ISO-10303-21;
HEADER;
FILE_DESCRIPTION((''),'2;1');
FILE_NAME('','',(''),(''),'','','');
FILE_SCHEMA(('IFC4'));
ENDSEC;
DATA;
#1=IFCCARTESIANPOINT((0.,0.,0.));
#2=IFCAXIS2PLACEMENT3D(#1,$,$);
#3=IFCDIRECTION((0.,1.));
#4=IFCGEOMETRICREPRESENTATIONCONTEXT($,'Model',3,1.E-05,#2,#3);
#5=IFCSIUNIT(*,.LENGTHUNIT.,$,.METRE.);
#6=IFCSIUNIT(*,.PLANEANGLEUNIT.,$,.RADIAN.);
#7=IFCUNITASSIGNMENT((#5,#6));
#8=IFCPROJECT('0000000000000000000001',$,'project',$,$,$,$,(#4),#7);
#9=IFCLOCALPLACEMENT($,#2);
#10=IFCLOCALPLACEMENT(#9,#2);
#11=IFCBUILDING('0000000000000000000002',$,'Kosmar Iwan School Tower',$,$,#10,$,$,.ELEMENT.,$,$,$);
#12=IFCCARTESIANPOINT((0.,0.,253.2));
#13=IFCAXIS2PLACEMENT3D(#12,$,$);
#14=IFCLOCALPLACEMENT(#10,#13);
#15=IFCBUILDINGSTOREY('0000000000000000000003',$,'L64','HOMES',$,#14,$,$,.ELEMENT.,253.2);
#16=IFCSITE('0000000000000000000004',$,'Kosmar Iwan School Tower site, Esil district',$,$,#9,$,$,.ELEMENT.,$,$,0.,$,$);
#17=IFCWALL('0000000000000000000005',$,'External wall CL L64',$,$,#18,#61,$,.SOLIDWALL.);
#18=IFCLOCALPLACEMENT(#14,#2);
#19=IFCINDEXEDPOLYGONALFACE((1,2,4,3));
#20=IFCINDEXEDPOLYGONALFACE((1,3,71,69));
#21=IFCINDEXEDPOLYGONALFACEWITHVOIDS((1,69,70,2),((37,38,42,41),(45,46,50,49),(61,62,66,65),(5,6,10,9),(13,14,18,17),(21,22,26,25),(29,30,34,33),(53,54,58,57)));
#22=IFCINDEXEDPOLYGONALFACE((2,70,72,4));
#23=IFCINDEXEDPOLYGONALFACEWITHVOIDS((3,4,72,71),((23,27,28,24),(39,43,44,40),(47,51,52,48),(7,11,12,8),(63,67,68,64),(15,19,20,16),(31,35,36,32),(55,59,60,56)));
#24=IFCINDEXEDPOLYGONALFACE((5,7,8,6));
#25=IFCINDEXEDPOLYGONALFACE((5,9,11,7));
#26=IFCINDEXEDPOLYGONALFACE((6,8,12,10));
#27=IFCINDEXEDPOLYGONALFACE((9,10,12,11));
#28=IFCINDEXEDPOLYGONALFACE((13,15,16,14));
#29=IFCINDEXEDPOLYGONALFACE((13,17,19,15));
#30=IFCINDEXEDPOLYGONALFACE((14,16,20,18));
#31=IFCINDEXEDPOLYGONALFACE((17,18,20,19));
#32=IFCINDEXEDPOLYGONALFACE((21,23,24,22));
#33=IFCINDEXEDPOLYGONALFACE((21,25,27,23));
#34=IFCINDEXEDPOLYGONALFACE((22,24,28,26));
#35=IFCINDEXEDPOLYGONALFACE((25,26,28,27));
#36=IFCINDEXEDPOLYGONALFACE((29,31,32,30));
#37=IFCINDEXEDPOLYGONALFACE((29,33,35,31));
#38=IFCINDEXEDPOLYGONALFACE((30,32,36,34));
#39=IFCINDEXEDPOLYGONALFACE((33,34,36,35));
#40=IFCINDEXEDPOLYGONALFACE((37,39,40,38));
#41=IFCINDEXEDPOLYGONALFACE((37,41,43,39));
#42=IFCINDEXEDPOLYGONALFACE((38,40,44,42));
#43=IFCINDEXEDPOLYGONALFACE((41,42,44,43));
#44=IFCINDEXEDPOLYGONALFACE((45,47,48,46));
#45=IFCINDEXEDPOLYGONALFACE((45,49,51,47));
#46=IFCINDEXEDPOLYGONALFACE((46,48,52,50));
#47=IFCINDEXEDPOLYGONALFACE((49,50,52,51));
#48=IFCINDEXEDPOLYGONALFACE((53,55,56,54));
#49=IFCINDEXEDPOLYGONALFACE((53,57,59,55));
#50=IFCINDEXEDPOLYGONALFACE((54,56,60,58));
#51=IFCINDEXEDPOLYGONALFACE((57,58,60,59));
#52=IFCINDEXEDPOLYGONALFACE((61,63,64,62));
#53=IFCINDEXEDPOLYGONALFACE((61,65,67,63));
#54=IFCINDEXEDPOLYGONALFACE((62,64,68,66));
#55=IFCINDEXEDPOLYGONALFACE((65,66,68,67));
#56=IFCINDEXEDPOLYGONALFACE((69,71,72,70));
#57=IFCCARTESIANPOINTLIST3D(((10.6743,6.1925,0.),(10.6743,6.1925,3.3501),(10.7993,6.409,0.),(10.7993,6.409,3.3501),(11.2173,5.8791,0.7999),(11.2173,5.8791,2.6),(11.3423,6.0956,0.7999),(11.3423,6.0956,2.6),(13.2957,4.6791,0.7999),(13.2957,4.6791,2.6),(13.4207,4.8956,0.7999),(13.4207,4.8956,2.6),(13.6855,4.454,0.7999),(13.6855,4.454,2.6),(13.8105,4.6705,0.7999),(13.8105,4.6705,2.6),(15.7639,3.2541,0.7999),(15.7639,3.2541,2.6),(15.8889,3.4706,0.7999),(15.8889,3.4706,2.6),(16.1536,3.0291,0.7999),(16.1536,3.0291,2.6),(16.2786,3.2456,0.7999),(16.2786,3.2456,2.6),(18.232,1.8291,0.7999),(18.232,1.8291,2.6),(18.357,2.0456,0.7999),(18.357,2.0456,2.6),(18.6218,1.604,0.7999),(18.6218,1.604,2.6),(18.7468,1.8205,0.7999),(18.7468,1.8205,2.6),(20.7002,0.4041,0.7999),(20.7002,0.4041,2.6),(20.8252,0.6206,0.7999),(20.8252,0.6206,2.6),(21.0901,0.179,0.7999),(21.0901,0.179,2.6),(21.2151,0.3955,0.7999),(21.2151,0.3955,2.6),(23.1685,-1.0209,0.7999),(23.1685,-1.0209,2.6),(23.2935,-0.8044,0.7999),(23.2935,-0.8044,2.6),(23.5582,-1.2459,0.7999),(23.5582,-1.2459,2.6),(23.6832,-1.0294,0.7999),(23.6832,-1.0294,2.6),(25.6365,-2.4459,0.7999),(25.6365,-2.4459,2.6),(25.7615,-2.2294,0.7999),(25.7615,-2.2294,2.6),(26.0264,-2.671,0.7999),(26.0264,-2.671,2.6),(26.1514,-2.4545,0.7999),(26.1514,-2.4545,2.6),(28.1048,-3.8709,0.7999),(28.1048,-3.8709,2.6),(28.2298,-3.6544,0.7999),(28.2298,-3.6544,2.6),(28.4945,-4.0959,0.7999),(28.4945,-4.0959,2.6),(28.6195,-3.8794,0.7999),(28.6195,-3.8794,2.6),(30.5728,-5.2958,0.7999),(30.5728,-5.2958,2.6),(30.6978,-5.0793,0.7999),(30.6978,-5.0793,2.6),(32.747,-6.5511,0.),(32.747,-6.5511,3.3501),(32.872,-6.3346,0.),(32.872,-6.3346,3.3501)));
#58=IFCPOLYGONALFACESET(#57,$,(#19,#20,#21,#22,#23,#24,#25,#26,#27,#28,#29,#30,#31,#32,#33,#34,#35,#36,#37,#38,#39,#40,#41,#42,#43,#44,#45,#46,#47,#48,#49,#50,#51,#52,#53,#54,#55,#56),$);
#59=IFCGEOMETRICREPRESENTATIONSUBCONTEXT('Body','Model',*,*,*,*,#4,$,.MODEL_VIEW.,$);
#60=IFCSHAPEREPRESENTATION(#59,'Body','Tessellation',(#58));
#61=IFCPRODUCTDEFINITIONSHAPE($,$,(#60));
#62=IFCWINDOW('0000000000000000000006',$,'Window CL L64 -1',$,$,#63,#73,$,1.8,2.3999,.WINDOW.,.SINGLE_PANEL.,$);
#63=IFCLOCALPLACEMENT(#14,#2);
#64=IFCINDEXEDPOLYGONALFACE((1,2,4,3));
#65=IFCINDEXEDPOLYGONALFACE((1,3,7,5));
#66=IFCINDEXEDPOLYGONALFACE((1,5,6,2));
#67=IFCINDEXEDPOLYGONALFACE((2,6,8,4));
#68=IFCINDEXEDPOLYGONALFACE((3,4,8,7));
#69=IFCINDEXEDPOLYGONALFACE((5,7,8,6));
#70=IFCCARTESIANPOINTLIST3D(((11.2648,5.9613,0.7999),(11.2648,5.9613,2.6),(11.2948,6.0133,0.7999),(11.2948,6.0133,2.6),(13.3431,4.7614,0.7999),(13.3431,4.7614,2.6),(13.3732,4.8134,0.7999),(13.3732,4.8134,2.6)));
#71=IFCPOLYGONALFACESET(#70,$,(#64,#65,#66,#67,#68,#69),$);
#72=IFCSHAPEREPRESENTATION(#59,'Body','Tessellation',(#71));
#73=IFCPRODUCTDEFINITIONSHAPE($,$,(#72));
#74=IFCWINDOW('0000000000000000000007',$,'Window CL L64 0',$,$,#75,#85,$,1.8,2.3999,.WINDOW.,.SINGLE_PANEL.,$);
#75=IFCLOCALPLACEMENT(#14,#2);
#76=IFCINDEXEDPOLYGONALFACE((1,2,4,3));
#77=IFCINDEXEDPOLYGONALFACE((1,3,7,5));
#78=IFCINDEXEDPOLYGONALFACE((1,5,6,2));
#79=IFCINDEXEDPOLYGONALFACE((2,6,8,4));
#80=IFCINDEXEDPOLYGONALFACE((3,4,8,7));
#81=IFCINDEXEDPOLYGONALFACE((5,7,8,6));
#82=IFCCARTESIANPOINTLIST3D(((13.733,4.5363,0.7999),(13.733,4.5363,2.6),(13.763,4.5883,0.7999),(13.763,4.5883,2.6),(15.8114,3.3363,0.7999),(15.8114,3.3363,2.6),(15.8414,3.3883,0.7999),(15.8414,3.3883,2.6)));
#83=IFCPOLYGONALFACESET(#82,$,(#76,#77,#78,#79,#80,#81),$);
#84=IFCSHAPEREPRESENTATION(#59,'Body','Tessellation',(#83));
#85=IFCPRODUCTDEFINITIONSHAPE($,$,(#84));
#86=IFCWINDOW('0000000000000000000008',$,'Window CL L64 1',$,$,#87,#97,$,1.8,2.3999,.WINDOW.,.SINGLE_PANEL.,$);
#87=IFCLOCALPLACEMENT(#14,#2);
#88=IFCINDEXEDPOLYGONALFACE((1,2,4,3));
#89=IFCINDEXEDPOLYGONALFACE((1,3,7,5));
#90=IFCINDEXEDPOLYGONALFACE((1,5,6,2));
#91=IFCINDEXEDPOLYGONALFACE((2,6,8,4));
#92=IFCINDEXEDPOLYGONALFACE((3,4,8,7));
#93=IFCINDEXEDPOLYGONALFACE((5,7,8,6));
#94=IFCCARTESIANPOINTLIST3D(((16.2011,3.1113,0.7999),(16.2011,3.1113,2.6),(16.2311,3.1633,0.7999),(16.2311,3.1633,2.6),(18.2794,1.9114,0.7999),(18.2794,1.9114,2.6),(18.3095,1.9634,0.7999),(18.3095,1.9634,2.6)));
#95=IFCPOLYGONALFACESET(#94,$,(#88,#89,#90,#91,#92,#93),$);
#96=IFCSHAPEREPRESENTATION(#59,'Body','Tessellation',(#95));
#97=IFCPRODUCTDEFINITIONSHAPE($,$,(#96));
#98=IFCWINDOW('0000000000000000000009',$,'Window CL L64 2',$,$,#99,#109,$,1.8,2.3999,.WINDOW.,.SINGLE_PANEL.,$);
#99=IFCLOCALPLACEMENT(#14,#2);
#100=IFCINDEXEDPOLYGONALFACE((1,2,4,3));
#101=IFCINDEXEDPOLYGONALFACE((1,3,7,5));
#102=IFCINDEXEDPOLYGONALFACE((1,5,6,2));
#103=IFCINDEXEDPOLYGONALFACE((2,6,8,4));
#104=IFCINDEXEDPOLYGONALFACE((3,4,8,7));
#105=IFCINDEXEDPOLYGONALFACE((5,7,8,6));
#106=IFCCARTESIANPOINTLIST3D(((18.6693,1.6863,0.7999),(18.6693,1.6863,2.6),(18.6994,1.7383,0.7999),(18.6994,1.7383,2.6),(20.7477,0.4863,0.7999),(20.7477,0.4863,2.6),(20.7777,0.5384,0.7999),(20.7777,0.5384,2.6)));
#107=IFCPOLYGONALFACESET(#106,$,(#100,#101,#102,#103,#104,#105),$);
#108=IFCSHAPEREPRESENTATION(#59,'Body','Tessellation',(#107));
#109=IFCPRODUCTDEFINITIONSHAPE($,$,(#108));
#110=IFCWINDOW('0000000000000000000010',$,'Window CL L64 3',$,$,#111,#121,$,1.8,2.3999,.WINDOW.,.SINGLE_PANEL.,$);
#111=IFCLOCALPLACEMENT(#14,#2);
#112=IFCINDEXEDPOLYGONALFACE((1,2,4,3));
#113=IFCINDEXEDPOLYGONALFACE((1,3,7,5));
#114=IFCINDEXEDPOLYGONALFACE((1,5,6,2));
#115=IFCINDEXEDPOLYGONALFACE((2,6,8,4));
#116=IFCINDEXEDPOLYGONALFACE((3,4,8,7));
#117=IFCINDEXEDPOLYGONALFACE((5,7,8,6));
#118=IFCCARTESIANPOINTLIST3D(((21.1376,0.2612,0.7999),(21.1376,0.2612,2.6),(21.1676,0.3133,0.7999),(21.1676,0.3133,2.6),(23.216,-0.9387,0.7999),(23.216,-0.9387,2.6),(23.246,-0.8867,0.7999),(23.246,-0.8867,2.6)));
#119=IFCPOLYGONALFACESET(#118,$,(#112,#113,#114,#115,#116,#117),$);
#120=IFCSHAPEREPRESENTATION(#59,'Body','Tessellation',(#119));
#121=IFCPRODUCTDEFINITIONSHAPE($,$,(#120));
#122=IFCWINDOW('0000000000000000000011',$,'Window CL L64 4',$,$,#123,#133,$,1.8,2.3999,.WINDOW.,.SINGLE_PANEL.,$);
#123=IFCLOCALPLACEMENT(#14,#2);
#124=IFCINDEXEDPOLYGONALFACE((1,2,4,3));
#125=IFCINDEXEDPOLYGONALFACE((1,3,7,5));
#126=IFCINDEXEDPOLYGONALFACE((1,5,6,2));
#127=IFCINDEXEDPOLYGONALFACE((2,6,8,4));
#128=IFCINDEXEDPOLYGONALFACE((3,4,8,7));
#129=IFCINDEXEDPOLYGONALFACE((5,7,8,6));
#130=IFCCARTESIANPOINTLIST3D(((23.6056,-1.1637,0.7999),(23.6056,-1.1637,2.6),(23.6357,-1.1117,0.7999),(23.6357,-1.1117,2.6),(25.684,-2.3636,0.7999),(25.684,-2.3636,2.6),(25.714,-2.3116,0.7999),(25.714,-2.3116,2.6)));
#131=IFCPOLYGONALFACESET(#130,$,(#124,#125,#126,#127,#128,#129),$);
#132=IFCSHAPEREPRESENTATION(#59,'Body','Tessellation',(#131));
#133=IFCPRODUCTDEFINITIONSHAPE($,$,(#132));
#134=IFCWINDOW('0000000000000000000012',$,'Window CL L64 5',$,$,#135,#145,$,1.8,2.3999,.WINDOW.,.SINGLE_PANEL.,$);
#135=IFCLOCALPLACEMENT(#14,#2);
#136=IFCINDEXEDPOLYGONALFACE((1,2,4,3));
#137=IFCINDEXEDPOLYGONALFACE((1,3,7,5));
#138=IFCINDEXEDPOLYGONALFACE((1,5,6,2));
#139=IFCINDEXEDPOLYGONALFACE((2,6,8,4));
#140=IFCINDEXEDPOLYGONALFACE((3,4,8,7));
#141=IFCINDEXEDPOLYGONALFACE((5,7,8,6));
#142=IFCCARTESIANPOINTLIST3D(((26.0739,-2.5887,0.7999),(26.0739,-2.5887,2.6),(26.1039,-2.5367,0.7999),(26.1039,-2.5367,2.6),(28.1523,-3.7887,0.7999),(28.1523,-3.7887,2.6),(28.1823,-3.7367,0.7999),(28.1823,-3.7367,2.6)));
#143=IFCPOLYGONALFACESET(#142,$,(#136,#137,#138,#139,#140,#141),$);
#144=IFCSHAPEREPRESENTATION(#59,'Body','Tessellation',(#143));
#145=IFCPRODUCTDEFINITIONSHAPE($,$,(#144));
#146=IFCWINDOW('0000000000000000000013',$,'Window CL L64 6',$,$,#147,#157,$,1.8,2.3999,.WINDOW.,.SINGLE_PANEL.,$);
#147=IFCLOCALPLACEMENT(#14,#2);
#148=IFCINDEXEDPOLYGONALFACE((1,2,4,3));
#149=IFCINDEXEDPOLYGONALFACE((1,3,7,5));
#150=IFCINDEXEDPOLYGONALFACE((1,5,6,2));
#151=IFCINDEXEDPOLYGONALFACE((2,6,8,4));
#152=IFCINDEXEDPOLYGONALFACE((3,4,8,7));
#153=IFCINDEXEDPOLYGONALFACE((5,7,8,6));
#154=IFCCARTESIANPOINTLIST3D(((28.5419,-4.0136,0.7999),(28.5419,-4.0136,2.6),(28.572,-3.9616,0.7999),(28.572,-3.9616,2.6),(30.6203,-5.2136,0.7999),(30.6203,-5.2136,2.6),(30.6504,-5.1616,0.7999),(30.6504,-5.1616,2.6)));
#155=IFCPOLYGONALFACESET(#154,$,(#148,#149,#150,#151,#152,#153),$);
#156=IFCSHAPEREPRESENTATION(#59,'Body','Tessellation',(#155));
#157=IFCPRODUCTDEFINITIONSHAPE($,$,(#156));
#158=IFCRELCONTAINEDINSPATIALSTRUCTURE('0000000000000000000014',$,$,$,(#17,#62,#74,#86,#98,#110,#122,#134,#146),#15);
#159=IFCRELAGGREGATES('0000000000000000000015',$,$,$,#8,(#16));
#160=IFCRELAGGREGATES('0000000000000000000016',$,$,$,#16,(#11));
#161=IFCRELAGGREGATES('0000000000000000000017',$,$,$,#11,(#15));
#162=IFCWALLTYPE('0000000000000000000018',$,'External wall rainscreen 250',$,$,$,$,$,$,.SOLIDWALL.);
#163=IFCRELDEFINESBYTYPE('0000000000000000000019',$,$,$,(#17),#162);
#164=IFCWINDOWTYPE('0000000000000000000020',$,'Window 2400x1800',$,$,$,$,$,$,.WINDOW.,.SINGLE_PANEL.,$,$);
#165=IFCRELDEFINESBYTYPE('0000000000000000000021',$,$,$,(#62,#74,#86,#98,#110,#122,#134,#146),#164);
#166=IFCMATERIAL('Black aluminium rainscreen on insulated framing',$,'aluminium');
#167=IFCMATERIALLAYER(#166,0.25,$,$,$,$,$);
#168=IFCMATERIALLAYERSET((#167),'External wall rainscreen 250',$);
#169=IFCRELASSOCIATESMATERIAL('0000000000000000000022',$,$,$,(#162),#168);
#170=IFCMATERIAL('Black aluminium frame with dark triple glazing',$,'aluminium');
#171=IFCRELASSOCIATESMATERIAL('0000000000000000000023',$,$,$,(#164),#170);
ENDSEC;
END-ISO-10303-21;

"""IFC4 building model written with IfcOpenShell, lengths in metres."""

from ifc_helpers import new_model, si_unit, direction, frame, frame_2d, origin, place, context, subcontext, project, spatial, rectangle, extrude, material, layer, layer_set, type_object, element, fill, save


model = new_model("IFC4")

# Units and contexts
model_context = context("Model", 3, precision=1e-05, world=origin(), true_north=direction((0.0, 1.0)))
body_context = subcontext(model_context, "Body", "Model", "MODEL_VIEW")
ifc_project = project(units=[si_unit("LENGTHUNIT", "METRE"), si_unit("PLANEANGLEUNIT", "RADIAN")], contexts=[model_context])

# Site, building, storey
site_placement = place(None, origin())
site = spatial("IfcSite", under=ifc_project, at=site_placement, Name="Kosmar Iwan School Tower site, Esil district", CompositionType="ELEMENT", RefElevation=0.0)
building_placement = place(site_placement, origin())
building = spatial("IfcBuilding", under=site, at=building_placement, Name="Kosmar Iwan School Tower", CompositionType="ELEMENT")
storey_placement = place(building_placement, frame((0.0, 0.0, 253.2)))
storey = spatial("IfcBuildingStorey", under=building, at=storey_placement, Name="L64", Description="HOMES", CompositionType="ELEMENT", Elevation=253.2)

# Wall, openings, windows
ifc_material_1 = material(Name="Black aluminium rainscreen on insulated framing", Category="aluminium")
ifc_layer = layer(ifc_material_1, 0.25)
ifc_layer_set = layer_set([ifc_layer], Name="External wall rainscreen 250")
wall_type = type_object("IfcWallType", Name="External wall rainscreen 250", PredefinedType="SOLIDWALL", material=ifc_layer_set)
wall_1_placement = place(storey_placement, frame((10.7368, 6.3008, 0.0), z_axis=(0.0, 0.0, 1.0), x_axis=(0.866026, -0.499998, 0.0)))
wall_1 = element("IfcWall", 1, at=wall_1_placement, inside=storey, type_object=wall_type, Name="External wall CL L64", PredefinedType="SOLIDWALL", context=body_context, shape_type="SweptSolid", body=[
    extrude(rectangle(XDim=25.4873, YDim=0.25, at=frame_2d((12.7437, 0.0))), origin(), (0.0, 0.0, 1.0), 3.3501),
])
opening_1_placement = place(wall_1_placement, frame((0.627, 0.0, 0.8)))
opening_1 = element("IfcOpeningElement", 2, at=opening_1_placement, cuts=wall_1, PredefinedType="OPENING", context=body_context, shape_type="SweptSolid", body=[
    extrude(rectangle(XDim=2.3999, YDim=1.8, at=frame_2d((1.2, 0.8999))), frame((0.0, 0.137, 0.0), z_axis=(0.0, -1.0, 0.0), x_axis=(1.0, 0.0, 0.0)), (0.0, 0.0, 1.0), 0.2739),
])
opening_2_placement = place(wall_1_placement, frame((3.4771, 0.0, 0.8)))
opening_2 = element("IfcOpeningElement", 3, at=opening_2_placement, cuts=wall_1, PredefinedType="OPENING", context=body_context, shape_type="SweptSolid", body=[
    extrude(rectangle(XDim=2.3999, YDim=1.8, at=frame_2d((1.2, 0.8999))), frame((0.0, 0.137, 0.0), z_axis=(0.0, -1.0, 0.0), x_axis=(1.0, 0.0, 0.0)), (0.0, 0.0, 1.0), 0.2739),
])
opening_3_placement = place(wall_1_placement, frame((6.3269, 0.0, 0.8)))
opening_3 = element("IfcOpeningElement", 4, at=opening_3_placement, cuts=wall_1, PredefinedType="OPENING", context=body_context, shape_type="SweptSolid", body=[
    extrude(rectangle(XDim=2.3999, YDim=1.8, at=frame_2d((1.2, 0.8999))), frame((0.0, 0.137, 0.0), z_axis=(0.0, -1.0, 0.0), x_axis=(1.0, 0.0, 0.0)), (0.0, 0.0, 1.0), 0.2739),
])
opening_4_placement = place(wall_1_placement, frame((9.177, 0.0, 0.8)))
opening_4 = element("IfcOpeningElement", 5, at=opening_4_placement, cuts=wall_1, PredefinedType="OPENING", context=body_context, shape_type="SweptSolid", body=[
    extrude(rectangle(XDim=2.3999, YDim=1.8, at=frame_2d((1.2, 0.8999))), frame((0.0, 0.137, 0.0), z_axis=(0.0, -1.0, 0.0), x_axis=(1.0, 0.0, 0.0)), (0.0, 0.0, 1.0), 0.2739),
])
opening_5_placement = place(wall_1_placement, frame((12.0271, 0.0, 0.8)))
opening_5 = element("IfcOpeningElement", 6, at=opening_5_placement, cuts=wall_1, PredefinedType="OPENING", context=body_context, shape_type="SweptSolid", body=[
    extrude(rectangle(XDim=2.3999, YDim=1.8, at=frame_2d((1.2, 0.8999))), frame((0.0, 0.137, 0.0), z_axis=(0.0, -1.0, 0.0), x_axis=(1.0, 0.0, 0.0)), (0.0, 0.0, 1.0), 0.2739),
])
opening_6_placement = place(wall_1_placement, frame((14.877, 0.0, 0.8)))
opening_6 = element("IfcOpeningElement", 7, at=opening_6_placement, cuts=wall_1, PredefinedType="OPENING", context=body_context, shape_type="SweptSolid", body=[
    extrude(rectangle(XDim=2.3999, YDim=1.8, at=frame_2d((1.2, 0.8999))), frame((0.0, 0.137, 0.0), z_axis=(0.0, -1.0, 0.0), x_axis=(1.0, 0.0, 0.0)), (0.0, 0.0, 1.0), 0.2739),
])
opening_7_placement = place(wall_1_placement, frame((17.7271, 0.0, 0.8)))
opening_7 = element("IfcOpeningElement", 8, at=opening_7_placement, cuts=wall_1, PredefinedType="OPENING", context=body_context, shape_type="SweptSolid", body=[
    extrude(rectangle(XDim=2.3999, YDim=1.8, at=frame_2d((1.2, 0.8999))), frame((0.0, 0.137, 0.0), z_axis=(0.0, -1.0, 0.0), x_axis=(1.0, 0.0, 0.0)), (0.0, 0.0, 1.0), 0.2739),
])
opening_8_placement = place(wall_1_placement, frame((20.5769, 0.0, 0.8)))
opening_8 = element("IfcOpeningElement", 9, at=opening_8_placement, cuts=wall_1, PredefinedType="OPENING", context=body_context, shape_type="SweptSolid", body=[
    extrude(rectangle(XDim=2.3999, YDim=1.8, at=frame_2d((1.2, 0.8999))), frame((0.0, 0.137, 0.0), z_axis=(0.0, -1.0, 0.0), x_axis=(1.0, 0.0, 0.0)), (0.0, 0.0, 1.0), 0.2739),
])
ifc_material_2 = material(Name="Black aluminium frame with dark triple glazing", Category="aluminium")
window_type = type_object("IfcWindowType", Name="Window 2400x1800", PartitioningType="SINGLE_PANEL", PredefinedType="WINDOW", material=ifc_material_2)
window_1_placement = place(opening_1_placement, origin())
window_1 = element("IfcWindow", 10, at=window_1_placement, inside=storey, type_object=window_type, Name="Window CL L64 -1", OverallHeight=1.8, OverallWidth=2.3999, PartitioningType="SINGLE_PANEL", PredefinedType="WINDOW", context=body_context, shape_type="SweptSolid", body=[
    extrude(rectangle(XDim=2.3999, YDim=1.8, at=frame_2d((1.2, 0.8999))), frame((0.0, 0.03, 0.0), z_axis=(0.0, -1.0, 0.0), x_axis=(1.0, 0.0, 0.0)), (0.0, 0.0, 1.0), 0.0601),
])
fill(opening_1, window_1)
window_2_placement = place(opening_2_placement, origin())
window_2 = element("IfcWindow", 11, at=window_2_placement, inside=storey, type_object=window_type, Name="Window CL L64 0", OverallHeight=1.8, OverallWidth=2.3999, PartitioningType="SINGLE_PANEL", PredefinedType="WINDOW", context=body_context, shape_type="SweptSolid", body=[
    extrude(rectangle(XDim=2.3999, YDim=1.8, at=frame_2d((1.2, 0.8999))), frame((0.0, 0.03, 0.0), z_axis=(0.0, -1.0, 0.0), x_axis=(1.0, 0.0, 0.0)), (0.0, 0.0, 1.0), 0.0601),
])
fill(opening_2, window_2)
window_3_placement = place(opening_3_placement, origin())
window_3 = element("IfcWindow", 12, at=window_3_placement, inside=storey, type_object=window_type, Name="Window CL L64 1", OverallHeight=1.8, OverallWidth=2.3999, PartitioningType="SINGLE_PANEL", PredefinedType="WINDOW", context=body_context, shape_type="SweptSolid", body=[
    extrude(rectangle(XDim=2.3999, YDim=1.8, at=frame_2d((1.2, 0.8999))), frame((0.0, 0.03, 0.0), z_axis=(0.0, -1.0, 0.0), x_axis=(1.0, 0.0, 0.0)), (0.0, 0.0, 1.0), 0.0601),
])
fill(opening_3, window_3)
window_4_placement = place(opening_4_placement, origin())
window_4 = element("IfcWindow", 13, at=window_4_placement, inside=storey, type_object=window_type, Name="Window CL L64 2", OverallHeight=1.8, OverallWidth=2.3999, PartitioningType="SINGLE_PANEL", PredefinedType="WINDOW", context=body_context, shape_type="SweptSolid", body=[
    extrude(rectangle(XDim=2.3999, YDim=1.8, at=frame_2d((1.2, 0.8999))), frame((0.0, 0.03, 0.0), z_axis=(0.0, -1.0, 0.0), x_axis=(1.0, 0.0, 0.0)), (0.0, 0.0, 1.0), 0.0601),
])
fill(opening_4, window_4)
window_5_placement = place(opening_5_placement, origin())
window_5 = element("IfcWindow", 14, at=window_5_placement, inside=storey, type_object=window_type, Name="Window CL L64 3", OverallHeight=1.8, OverallWidth=2.3999, PartitioningType="SINGLE_PANEL", PredefinedType="WINDOW", context=body_context, shape_type="SweptSolid", body=[
    extrude(rectangle(XDim=2.3999, YDim=1.8, at=frame_2d((1.2, 0.8999))), frame((0.0, 0.03, 0.0), z_axis=(0.0, -1.0, 0.0), x_axis=(1.0, 0.0, 0.0)), (0.0, 0.0, 1.0), 0.0601),
])
fill(opening_5, window_5)
window_6_placement = place(opening_6_placement, origin())
window_6 = element("IfcWindow", 15, at=window_6_placement, inside=storey, type_object=window_type, Name="Window CL L64 4", OverallHeight=1.8, OverallWidth=2.3999, PartitioningType="SINGLE_PANEL", PredefinedType="WINDOW", context=body_context, shape_type="SweptSolid", body=[
    extrude(rectangle(XDim=2.3999, YDim=1.8, at=frame_2d((1.2, 0.8999))), frame((0.0, 0.03, 0.0), z_axis=(0.0, -1.0, 0.0), x_axis=(1.0, 0.0, 0.0)), (0.0, 0.0, 1.0), 0.0601),
])
fill(opening_6, window_6)
window_7_placement = place(opening_7_placement, origin())
window_7 = element("IfcWindow", 16, at=window_7_placement, inside=storey, type_object=window_type, Name="Window CL L64 5", OverallHeight=1.8, OverallWidth=2.3999, PartitioningType="SINGLE_PANEL", PredefinedType="WINDOW", context=body_context, shape_type="SweptSolid", body=[
    extrude(rectangle(XDim=2.3999, YDim=1.8, at=frame_2d((1.2, 0.8999))), frame((0.0, 0.03, 0.0), z_axis=(0.0, -1.0, 0.0), x_axis=(1.0, 0.0, 0.0)), (0.0, 0.0, 1.0), 0.0601),
])
fill(opening_7, window_7)
window_8_placement = place(opening_8_placement, origin())
window_8 = element("IfcWindow", 17, at=window_8_placement, inside=storey, type_object=window_type, Name="Window CL L64 6", OverallHeight=1.8, OverallWidth=2.3999, PartitioningType="SINGLE_PANEL", PredefinedType="WINDOW", context=body_context, shape_type="SweptSolid", body=[
    extrude(rectangle(XDim=2.3999, YDim=1.8, at=frame_2d((1.2, 0.8999))), frame((0.0, 0.03, 0.0), z_axis=(0.0, -1.0, 0.0), x_axis=(1.0, 0.0, 0.0)), (0.0, 0.0, 1.0), 0.0601),
])
fill(opening_8, window_8)

save(model, "model.ifc")
